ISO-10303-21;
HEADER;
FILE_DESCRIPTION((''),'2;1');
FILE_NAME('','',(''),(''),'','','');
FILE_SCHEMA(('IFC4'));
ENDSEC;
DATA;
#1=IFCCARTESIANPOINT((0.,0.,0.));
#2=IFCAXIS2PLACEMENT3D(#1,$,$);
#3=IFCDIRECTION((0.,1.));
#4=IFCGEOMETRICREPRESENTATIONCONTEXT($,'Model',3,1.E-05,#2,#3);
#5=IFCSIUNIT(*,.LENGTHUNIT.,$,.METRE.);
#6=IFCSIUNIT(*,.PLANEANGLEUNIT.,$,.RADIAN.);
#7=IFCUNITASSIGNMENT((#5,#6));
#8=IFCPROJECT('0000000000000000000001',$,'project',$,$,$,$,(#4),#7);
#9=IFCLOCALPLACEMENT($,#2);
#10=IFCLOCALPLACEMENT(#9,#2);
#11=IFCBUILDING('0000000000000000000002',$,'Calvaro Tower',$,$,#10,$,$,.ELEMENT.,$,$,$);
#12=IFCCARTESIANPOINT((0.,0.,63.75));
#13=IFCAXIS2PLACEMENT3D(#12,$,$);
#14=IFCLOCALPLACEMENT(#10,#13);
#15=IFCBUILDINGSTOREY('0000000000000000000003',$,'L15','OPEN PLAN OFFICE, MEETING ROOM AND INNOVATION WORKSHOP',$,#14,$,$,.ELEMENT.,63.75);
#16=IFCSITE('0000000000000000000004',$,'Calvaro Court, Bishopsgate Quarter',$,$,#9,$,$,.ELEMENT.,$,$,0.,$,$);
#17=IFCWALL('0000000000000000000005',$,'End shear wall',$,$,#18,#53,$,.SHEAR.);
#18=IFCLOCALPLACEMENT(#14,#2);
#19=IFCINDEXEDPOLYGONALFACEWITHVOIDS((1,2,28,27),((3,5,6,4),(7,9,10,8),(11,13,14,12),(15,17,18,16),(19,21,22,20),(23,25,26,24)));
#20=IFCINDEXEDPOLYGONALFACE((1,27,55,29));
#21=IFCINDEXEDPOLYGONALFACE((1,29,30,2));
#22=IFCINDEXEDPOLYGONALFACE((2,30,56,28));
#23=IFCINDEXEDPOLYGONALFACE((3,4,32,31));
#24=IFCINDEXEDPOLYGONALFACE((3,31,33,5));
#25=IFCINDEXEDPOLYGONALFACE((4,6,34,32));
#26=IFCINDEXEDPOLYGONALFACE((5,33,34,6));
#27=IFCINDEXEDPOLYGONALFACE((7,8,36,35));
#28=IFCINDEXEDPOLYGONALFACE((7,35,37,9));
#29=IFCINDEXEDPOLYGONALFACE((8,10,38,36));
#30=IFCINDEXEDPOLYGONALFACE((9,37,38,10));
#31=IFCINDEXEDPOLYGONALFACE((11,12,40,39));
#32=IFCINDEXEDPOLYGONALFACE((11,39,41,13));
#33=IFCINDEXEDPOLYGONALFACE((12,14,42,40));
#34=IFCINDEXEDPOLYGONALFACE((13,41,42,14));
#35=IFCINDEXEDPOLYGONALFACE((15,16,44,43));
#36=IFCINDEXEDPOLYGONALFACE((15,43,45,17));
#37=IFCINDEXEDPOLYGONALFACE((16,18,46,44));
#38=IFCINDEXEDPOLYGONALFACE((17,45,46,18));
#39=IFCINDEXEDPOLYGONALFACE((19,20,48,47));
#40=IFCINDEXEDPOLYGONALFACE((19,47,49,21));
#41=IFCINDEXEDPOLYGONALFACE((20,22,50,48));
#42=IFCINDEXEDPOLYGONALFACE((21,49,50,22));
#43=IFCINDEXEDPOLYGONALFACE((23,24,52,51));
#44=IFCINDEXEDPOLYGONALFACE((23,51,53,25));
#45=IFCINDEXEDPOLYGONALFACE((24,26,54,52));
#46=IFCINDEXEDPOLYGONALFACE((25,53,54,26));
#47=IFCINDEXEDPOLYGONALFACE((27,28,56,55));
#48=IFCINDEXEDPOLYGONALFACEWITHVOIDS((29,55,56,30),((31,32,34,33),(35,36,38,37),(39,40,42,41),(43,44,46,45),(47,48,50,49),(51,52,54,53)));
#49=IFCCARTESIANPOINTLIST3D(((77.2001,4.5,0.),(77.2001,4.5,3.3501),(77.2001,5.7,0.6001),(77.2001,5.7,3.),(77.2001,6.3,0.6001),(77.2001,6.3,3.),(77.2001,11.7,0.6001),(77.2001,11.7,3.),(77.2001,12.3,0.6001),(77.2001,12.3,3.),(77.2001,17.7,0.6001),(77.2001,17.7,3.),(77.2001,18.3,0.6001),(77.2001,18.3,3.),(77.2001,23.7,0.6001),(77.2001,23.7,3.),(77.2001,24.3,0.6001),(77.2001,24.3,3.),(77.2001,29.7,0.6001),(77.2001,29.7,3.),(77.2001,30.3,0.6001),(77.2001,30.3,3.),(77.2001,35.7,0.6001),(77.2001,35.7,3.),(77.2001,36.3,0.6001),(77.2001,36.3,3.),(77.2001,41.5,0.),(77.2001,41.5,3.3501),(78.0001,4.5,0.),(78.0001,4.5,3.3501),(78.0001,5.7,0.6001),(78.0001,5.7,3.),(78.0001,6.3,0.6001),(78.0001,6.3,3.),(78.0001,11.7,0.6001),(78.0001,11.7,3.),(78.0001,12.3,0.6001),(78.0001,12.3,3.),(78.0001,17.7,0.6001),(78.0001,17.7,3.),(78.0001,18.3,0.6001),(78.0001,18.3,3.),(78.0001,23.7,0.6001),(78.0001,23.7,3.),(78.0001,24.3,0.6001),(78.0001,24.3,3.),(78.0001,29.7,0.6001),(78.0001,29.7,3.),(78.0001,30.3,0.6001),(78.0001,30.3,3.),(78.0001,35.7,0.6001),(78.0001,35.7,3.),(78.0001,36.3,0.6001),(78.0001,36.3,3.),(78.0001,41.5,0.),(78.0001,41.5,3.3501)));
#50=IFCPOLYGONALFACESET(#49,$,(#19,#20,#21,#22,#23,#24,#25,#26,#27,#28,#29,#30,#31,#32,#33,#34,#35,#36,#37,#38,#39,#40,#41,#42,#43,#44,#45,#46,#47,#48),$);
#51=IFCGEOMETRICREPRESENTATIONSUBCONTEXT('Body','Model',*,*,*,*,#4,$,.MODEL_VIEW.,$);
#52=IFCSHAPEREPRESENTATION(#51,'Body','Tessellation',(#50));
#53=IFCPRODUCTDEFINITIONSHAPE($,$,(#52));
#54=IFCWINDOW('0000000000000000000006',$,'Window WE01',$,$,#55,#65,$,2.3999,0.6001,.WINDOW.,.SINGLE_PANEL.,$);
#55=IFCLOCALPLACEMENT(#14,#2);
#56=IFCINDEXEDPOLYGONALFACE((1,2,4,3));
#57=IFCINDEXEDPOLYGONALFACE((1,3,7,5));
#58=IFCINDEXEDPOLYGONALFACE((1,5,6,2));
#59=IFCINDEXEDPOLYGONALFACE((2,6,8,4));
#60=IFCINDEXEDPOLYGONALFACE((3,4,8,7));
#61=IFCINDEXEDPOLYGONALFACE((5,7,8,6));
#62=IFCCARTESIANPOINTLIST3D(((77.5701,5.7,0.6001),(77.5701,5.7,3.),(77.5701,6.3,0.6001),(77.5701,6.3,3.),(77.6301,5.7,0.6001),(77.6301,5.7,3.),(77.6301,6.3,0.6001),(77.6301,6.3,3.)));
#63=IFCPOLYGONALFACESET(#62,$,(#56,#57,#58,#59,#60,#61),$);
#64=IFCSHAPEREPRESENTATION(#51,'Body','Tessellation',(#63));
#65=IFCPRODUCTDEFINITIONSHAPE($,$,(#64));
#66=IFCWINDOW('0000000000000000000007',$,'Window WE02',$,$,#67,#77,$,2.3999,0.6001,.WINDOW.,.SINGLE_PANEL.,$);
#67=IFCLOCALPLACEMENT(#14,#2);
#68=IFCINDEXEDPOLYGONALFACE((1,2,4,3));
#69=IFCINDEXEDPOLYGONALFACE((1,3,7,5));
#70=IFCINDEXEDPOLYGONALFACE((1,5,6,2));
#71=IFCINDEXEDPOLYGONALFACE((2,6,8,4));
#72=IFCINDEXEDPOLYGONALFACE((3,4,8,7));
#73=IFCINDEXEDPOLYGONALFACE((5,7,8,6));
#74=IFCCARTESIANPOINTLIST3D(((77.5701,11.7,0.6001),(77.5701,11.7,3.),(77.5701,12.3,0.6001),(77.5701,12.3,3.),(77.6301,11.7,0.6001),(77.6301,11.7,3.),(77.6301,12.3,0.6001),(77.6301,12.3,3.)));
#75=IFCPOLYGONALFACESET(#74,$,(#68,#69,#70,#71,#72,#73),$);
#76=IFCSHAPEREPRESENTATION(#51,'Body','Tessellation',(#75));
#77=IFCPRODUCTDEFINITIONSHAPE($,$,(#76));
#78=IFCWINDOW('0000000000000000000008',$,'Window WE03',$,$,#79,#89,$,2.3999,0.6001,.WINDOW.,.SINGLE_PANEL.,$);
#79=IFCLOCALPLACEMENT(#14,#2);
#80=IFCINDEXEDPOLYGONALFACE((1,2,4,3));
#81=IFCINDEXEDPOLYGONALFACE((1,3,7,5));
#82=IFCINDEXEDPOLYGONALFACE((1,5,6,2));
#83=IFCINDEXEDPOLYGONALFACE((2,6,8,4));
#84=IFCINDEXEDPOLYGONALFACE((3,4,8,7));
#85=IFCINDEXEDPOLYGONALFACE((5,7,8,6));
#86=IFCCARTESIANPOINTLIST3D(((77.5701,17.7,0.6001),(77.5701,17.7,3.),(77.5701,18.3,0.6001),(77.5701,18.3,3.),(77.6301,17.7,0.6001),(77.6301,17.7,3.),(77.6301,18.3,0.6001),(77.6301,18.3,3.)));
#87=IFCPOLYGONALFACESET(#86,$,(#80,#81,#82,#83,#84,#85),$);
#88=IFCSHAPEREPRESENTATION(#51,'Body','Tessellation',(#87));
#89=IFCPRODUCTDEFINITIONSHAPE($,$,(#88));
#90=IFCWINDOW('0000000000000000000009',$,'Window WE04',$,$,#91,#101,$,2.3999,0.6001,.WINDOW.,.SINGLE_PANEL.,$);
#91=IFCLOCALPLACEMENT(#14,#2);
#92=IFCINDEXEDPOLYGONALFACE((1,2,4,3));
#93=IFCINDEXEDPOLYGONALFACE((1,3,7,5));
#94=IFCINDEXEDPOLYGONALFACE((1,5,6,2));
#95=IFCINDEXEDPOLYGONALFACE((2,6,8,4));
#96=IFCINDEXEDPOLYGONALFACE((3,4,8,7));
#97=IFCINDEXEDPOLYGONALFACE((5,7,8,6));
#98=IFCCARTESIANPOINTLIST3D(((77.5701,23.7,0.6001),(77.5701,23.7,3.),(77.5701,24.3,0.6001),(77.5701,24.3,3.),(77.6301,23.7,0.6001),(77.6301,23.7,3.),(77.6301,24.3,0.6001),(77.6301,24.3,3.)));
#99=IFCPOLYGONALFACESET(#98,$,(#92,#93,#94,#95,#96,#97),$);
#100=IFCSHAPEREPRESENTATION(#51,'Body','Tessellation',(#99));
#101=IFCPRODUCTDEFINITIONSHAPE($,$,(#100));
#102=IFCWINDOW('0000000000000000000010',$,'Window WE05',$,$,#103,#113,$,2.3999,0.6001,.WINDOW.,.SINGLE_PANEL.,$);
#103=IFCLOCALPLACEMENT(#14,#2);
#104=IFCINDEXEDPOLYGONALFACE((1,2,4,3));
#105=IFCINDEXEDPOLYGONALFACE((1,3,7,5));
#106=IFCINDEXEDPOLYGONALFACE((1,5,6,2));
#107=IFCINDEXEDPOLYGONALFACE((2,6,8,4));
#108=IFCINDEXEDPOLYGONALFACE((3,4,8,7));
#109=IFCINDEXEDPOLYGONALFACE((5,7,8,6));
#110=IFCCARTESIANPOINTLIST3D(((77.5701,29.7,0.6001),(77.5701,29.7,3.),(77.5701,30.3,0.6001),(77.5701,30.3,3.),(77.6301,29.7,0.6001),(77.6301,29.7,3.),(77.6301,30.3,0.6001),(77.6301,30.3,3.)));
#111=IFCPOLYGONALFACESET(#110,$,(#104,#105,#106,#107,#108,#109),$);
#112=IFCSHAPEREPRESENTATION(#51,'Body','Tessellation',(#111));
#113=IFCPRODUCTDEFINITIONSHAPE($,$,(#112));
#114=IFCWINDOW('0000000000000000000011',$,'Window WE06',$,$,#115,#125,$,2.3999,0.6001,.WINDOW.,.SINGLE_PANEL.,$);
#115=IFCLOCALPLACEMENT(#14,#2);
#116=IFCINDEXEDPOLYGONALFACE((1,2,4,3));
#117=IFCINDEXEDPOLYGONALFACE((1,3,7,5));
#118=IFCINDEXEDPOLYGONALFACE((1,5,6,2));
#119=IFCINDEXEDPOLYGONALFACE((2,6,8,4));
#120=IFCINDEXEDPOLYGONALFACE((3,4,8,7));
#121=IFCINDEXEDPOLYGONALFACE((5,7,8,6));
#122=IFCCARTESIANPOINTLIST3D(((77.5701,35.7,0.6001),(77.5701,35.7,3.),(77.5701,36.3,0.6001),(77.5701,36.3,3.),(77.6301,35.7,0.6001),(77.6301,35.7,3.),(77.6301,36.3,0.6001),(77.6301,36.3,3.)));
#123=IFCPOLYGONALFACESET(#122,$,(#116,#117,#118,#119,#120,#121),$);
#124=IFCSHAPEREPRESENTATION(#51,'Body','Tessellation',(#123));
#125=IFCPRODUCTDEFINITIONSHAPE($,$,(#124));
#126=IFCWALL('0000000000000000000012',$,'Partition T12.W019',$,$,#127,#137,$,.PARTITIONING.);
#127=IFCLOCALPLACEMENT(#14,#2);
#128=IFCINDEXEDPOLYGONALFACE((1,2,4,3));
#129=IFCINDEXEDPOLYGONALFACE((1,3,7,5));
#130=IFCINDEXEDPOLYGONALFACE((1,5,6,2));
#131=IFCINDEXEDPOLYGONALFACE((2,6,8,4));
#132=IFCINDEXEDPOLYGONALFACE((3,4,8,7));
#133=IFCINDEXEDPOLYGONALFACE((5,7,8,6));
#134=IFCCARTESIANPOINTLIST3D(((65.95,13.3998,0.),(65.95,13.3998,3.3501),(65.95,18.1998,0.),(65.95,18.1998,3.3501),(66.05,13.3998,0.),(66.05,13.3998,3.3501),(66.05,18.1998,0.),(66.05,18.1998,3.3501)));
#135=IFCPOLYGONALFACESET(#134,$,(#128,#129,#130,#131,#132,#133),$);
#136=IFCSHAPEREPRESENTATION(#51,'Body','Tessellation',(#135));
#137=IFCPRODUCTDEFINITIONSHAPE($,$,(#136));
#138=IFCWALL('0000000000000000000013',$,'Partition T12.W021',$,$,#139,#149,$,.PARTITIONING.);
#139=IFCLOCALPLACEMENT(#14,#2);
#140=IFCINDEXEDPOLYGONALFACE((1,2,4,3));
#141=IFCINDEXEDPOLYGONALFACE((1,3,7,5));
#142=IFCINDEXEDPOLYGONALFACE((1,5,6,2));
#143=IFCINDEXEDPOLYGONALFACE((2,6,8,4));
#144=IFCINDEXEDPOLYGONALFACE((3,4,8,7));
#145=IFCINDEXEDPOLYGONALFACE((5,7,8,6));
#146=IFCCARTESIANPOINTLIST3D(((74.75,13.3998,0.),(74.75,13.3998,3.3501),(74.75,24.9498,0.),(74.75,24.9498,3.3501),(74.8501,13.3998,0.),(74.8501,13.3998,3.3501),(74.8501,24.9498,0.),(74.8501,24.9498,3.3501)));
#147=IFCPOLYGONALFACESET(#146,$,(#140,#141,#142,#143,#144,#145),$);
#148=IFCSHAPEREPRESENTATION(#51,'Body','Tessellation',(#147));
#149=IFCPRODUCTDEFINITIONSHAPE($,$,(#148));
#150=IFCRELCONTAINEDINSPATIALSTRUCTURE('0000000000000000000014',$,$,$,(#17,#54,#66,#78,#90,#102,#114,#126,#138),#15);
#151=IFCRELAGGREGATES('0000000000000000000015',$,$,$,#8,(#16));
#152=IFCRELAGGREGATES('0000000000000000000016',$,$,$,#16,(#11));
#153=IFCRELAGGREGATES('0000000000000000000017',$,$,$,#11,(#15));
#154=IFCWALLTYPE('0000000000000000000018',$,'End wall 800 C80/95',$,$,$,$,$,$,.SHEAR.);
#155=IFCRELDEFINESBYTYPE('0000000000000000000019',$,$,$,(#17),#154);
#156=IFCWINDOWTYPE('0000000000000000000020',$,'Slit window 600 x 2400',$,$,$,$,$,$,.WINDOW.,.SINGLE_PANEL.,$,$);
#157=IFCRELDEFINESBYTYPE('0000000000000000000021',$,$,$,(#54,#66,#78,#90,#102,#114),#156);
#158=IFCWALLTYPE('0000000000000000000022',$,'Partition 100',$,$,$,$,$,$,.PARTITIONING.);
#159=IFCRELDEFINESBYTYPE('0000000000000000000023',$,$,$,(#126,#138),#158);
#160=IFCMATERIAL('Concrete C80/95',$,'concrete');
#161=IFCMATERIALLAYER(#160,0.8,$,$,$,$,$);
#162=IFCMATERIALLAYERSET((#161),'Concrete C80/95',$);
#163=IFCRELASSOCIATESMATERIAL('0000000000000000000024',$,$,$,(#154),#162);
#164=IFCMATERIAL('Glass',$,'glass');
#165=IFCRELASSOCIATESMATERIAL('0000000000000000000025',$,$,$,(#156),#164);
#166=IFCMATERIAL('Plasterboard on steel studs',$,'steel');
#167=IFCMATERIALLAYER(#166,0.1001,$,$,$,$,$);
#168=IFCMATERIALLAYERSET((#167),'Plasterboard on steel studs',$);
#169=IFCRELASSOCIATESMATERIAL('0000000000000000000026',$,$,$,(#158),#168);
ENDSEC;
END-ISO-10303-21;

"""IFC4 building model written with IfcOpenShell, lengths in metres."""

from ifc_helpers import new_model, si_unit, direction, frame, frame_2d, origin, place, context, subcontext, project, spatial, rectangle, extrude, material, layer, layer_set, type_object, element, fill, save


model = new_model("IFC4")

# Units and contexts
model_context = context("Model", 3, precision=1e-05, world=origin(), true_north=direction((0.0, 1.0)))
body_context = subcontext(model_context, "Body", "Model", "MODEL_VIEW")
ifc_project = project(units=[si_unit("LENGTHUNIT", "METRE"), si_unit("PLANEANGLEUNIT", "RADIAN")], contexts=[model_context])

# Site, building, storey
site_placement = place(None, origin())
site = spatial("IfcSite", under=ifc_project, at=site_placement, Name="Calvaro Court, Bishopsgate Quarter", CompositionType="ELEMENT", RefElevation=0.0)
building_placement = place(site_placement, origin())
building = spatial("IfcBuilding", under=site, at=building_placement, Name="Calvaro Tower", CompositionType="ELEMENT")
storey_placement = place(building_placement, frame((0.0, 0.0, 63.75)))
storey = spatial("IfcBuildingStorey", under=building, at=storey_placement, Name="L15", Description="OPEN PLAN OFFICE, MEETING ROOM AND INNOVATION WORKSHOP", CompositionType="ELEMENT", Elevation=63.75)

# Wall, openings, windows
ifc_material_1 = material(Name="Concrete C80/95", Category="concrete")
ifc_layer_1 = layer(ifc_material_1, 0.8)
ifc_layer_set_1 = layer_set([ifc_layer_1], Name="Concrete C80/95")
wall_type_1 = type_object("IfcWallType", Name="End wall 800 C80/95", PredefinedType="SHEAR", material=ifc_layer_set_1)
wall_1_placement = place(storey_placement, frame((77.6001, 4.5, 0.0), z_axis=(0.0, 0.0, 1.0), x_axis=(0.0, 1.0, 0.0)))
wall_1 = element("IfcWall", 1, at=wall_1_placement, inside=storey, type_object=wall_type_1, Name="End shear wall", PredefinedType="SHEAR", context=body_context, shape_type="SweptSolid", body=[
    extrude(rectangle(XDim=37.0, YDim=0.8, at=frame_2d((18.5, 0.0))), origin(), (0.0, 0.0, 1.0), 3.3501),
])
opening_1_placement = place(wall_1_placement, frame((1.2, 0.0, 0.6001)))
opening_1 = element("IfcOpeningElement", 2, at=opening_1_placement, cuts=wall_1, PredefinedType="OPENING", context=body_context, shape_type="SweptSolid", body=[
    extrude(rectangle(XDim=0.6001, YDim=2.3999, at=frame_2d((0.3, 1.2))), frame((0.0, 0.4099, 0.0), z_axis=(0.0, -1.0, 0.0), x_axis=(1.0, 0.0, 0.0)), (0.0, 0.0, 1.0), 0.8201),
])
opening_2_placement = place(wall_1_placement, frame((7.2, 0.0, 0.6001)))
opening_2 = element("IfcOpeningElement", 3, at=opening_2_placement, cuts=wall_1, PredefinedType="OPENING", context=body_context, shape_type="SweptSolid", body=[
    extrude(rectangle(XDim=0.6001, YDim=2.3999, at=frame_2d((0.3, 1.2))), frame((0.0, 0.4099, 0.0), z_axis=(0.0, -1.0, 0.0), x_axis=(1.0, 0.0, 0.0)), (0.0, 0.0, 1.0), 0.8201),
])
opening_3_placement = place(wall_1_placement, frame((13.2, 0.0, 0.6001)))
opening_3 = element("IfcOpeningElement", 4, at=opening_3_placement, cuts=wall_1, PredefinedType="OPENING", context=body_context, shape_type="SweptSolid", body=[
    extrude(rectangle(XDim=0.6001, YDim=2.3999, at=frame_2d((0.3, 1.2))), frame((0.0, 0.4099, 0.0), z_axis=(0.0, -1.0, 0.0), x_axis=(1.0, 0.0, 0.0)), (0.0, 0.0, 1.0), 0.8201),
])
opening_4_placement = place(wall_1_placement, frame((19.2, 0.0, 0.6001)))
opening_4 = element("IfcOpeningElement", 5, at=opening_4_placement, cuts=wall_1, PredefinedType="OPENING", context=body_context, shape_type="SweptSolid", body=[
    extrude(rectangle(XDim=0.6001, YDim=2.3999, at=frame_2d((0.3, 1.2))), frame((0.0, 0.4099, 0.0), z_axis=(0.0, -1.0, 0.0), x_axis=(1.0, 0.0, 0.0)), (0.0, 0.0, 1.0), 0.8201),
])
opening_5_placement = place(wall_1_placement, frame((25.2, 0.0, 0.6001)))
opening_5 = element("IfcOpeningElement", 6, at=opening_5_placement, cuts=wall_1, PredefinedType="OPENING", context=body_context, shape_type="SweptSolid", body=[
    extrude(rectangle(XDim=0.6001, YDim=2.3999, at=frame_2d((0.3, 1.2))), frame((0.0, 0.4099, 0.0), z_axis=(0.0, -1.0, 0.0), x_axis=(1.0, 0.0, 0.0)), (0.0, 0.0, 1.0), 0.8201),
])
opening_6_placement = place(wall_1_placement, frame((31.2, 0.0, 0.6001)))
opening_6 = element("IfcOpeningElement", 7, at=opening_6_placement, cuts=wall_1, PredefinedType="OPENING", context=body_context, shape_type="SweptSolid", body=[
    extrude(rectangle(XDim=0.6001, YDim=2.3999, at=frame_2d((0.3, 1.2))), frame((0.0, 0.4099, 0.0), z_axis=(0.0, -1.0, 0.0), x_axis=(1.0, 0.0, 0.0)), (0.0, 0.0, 1.0), 0.8201),
])
ifc_material_2 = material(Name="Glass", Category="glass")
window_type = type_object("IfcWindowType", Name="Slit window 600 x 2400", PartitioningType="SINGLE_PANEL", PredefinedType="WINDOW", material=ifc_material_2)
window_1_placement = place(opening_1_placement, origin())
window_1 = element("IfcWindow", 8, at=window_1_placement, inside=storey, type_object=window_type, Name="Window WE01", OverallHeight=2.3999, OverallWidth=0.6001, PartitioningType="SINGLE_PANEL", PredefinedType="WINDOW", context=body_context, shape_type="SweptSolid", body=[
    extrude(rectangle(XDim=0.6001, YDim=2.3999, at=frame_2d((0.3, 1.2))), frame((0.0, 0.03, 0.0), z_axis=(0.0, -1.0, 0.0), x_axis=(1.0, 0.0, 0.0)), (0.0, 0.0, 1.0), 0.0601),
])
fill(opening_1, window_1)
window_2_placement = place(opening_2_placement, origin())
window_2 = element("IfcWindow", 9, at=window_2_placement, inside=storey, type_object=window_type, Name="Window WE02", OverallHeight=2.3999, OverallWidth=0.6001, PartitioningType="SINGLE_PANEL", PredefinedType="WINDOW", context=body_context, shape_type="SweptSolid", body=[
    extrude(rectangle(XDim=0.6001, YDim=2.3999, at=frame_2d((0.3, 1.2))), frame((0.0, 0.03, 0.0), z_axis=(0.0, -1.0, 0.0), x_axis=(1.0, 0.0, 0.0)), (0.0, 0.0, 1.0), 0.0601),
])
fill(opening_2, window_2)
window_3_placement = place(opening_3_placement, origin())
window_3 = element("IfcWindow", 10, at=window_3_placement, inside=storey, type_object=window_type, Name="Window WE03", OverallHeight=2.3999, OverallWidth=0.6001, PartitioningType="SINGLE_PANEL", PredefinedType="WINDOW", context=body_context, shape_type="SweptSolid", body=[
    extrude(rectangle(XDim=0.6001, YDim=2.3999, at=frame_2d((0.3, 1.2))), frame((0.0, 0.03, 0.0), z_axis=(0.0, -1.0, 0.0), x_axis=(1.0, 0.0, 0.0)), (0.0, 0.0, 1.0), 0.0601),
])
fill(opening_3, window_3)
window_4_placement = place(opening_4_placement, origin())
window_4 = element("IfcWindow", 11, at=window_4_placement, inside=storey, type_object=window_type, Name="Window WE04", OverallHeight=2.3999, OverallWidth=0.6001, PartitioningType="SINGLE_PANEL", PredefinedType="WINDOW", context=body_context, shape_type="SweptSolid", body=[
    extrude(rectangle(XDim=0.6001, YDim=2.3999, at=frame_2d((0.3, 1.2))), frame((0.0, 0.03, 0.0), z_axis=(0.0, -1.0, 0.0), x_axis=(1.0, 0.0, 0.0)), (0.0, 0.0, 1.0), 0.0601),
])
fill(opening_4, window_4)
window_5_placement = place(opening_5_placement, origin())
window_5 = element("IfcWindow", 12, at=window_5_placement, inside=storey, type_object=window_type, Name="Window WE05", OverallHeight=2.3999, OverallWidth=0.6001, PartitioningType="SINGLE_PANEL", PredefinedType="WINDOW", context=body_context, shape_type="SweptSolid", body=[
    extrude(rectangle(XDim=0.6001, YDim=2.3999, at=frame_2d((0.3, 1.2))), frame((0.0, 0.03, 0.0), z_axis=(0.0, -1.0, 0.0), x_axis=(1.0, 0.0, 0.0)), (0.0, 0.0, 1.0), 0.0601),
])
fill(opening_5, window_5)
window_6_placement = place(opening_6_placement, origin())
window_6 = element("IfcWindow", 13, at=window_6_placement, inside=storey, type_object=window_type, Name="Window WE06", OverallHeight=2.3999, OverallWidth=0.6001, PartitioningType="SINGLE_PANEL", PredefinedType="WINDOW", context=body_context, shape_type="SweptSolid", body=[
    extrude(rectangle(XDim=0.6001, YDim=2.3999, at=frame_2d((0.3, 1.2))), frame((0.0, 0.03, 0.0), z_axis=(0.0, -1.0, 0.0), x_axis=(1.0, 0.0, 0.0)), (0.0, 0.0, 1.0), 0.0601),
])
fill(opening_6, window_6)

# Walls
ifc_material_3 = material(Name="Plasterboard on steel studs", Category="steel")
ifc_layer_2 = layer(ifc_material_3, 0.1001)
ifc_layer_set_2 = layer_set([ifc_layer_2], Name="Plasterboard on steel studs")
wall_type_2 = type_object("IfcWallType", Name="Partition 100", PredefinedType="PARTITIONING", material=ifc_layer_set_2)
wall_2_placement = place(storey_placement, frame((66.0, 13.3999, 0.0), z_axis=(0.0, 0.0, 1.0), x_axis=(0.0, 1.0, 0.0)))
element("IfcWall", 14, at=wall_2_placement, inside=storey, type_object=wall_type_2, Name="Partition T12.W019", PredefinedType="PARTITIONING", context=body_context, shape_type="SweptSolid", body=[
    extrude(rectangle(XDim=4.8, YDim=0.1001, at=frame_2d((2.3999, 0.0))), origin(), (0.0, 0.0, 1.0), 3.3501),
])
wall_3_placement = place(storey_placement, frame((74.8, 13.3999, 0.0), z_axis=(0.0, 0.0, 1.0), x_axis=(0.0, 1.0, 0.0)))
element("IfcWall", 15, at=wall_3_placement, inside=storey, type_object=wall_type_2, Name="Partition T12.W021", PredefinedType="PARTITIONING", context=body_context, shape_type="SweptSolid", body=[
    extrude(rectangle(XDim=11.55, YDim=0.1001, at=frame_2d((5.7749, 0.0))), origin(), (0.0, 0.0, 1.0), 3.3501),
])

save(model, "model.ifc")
